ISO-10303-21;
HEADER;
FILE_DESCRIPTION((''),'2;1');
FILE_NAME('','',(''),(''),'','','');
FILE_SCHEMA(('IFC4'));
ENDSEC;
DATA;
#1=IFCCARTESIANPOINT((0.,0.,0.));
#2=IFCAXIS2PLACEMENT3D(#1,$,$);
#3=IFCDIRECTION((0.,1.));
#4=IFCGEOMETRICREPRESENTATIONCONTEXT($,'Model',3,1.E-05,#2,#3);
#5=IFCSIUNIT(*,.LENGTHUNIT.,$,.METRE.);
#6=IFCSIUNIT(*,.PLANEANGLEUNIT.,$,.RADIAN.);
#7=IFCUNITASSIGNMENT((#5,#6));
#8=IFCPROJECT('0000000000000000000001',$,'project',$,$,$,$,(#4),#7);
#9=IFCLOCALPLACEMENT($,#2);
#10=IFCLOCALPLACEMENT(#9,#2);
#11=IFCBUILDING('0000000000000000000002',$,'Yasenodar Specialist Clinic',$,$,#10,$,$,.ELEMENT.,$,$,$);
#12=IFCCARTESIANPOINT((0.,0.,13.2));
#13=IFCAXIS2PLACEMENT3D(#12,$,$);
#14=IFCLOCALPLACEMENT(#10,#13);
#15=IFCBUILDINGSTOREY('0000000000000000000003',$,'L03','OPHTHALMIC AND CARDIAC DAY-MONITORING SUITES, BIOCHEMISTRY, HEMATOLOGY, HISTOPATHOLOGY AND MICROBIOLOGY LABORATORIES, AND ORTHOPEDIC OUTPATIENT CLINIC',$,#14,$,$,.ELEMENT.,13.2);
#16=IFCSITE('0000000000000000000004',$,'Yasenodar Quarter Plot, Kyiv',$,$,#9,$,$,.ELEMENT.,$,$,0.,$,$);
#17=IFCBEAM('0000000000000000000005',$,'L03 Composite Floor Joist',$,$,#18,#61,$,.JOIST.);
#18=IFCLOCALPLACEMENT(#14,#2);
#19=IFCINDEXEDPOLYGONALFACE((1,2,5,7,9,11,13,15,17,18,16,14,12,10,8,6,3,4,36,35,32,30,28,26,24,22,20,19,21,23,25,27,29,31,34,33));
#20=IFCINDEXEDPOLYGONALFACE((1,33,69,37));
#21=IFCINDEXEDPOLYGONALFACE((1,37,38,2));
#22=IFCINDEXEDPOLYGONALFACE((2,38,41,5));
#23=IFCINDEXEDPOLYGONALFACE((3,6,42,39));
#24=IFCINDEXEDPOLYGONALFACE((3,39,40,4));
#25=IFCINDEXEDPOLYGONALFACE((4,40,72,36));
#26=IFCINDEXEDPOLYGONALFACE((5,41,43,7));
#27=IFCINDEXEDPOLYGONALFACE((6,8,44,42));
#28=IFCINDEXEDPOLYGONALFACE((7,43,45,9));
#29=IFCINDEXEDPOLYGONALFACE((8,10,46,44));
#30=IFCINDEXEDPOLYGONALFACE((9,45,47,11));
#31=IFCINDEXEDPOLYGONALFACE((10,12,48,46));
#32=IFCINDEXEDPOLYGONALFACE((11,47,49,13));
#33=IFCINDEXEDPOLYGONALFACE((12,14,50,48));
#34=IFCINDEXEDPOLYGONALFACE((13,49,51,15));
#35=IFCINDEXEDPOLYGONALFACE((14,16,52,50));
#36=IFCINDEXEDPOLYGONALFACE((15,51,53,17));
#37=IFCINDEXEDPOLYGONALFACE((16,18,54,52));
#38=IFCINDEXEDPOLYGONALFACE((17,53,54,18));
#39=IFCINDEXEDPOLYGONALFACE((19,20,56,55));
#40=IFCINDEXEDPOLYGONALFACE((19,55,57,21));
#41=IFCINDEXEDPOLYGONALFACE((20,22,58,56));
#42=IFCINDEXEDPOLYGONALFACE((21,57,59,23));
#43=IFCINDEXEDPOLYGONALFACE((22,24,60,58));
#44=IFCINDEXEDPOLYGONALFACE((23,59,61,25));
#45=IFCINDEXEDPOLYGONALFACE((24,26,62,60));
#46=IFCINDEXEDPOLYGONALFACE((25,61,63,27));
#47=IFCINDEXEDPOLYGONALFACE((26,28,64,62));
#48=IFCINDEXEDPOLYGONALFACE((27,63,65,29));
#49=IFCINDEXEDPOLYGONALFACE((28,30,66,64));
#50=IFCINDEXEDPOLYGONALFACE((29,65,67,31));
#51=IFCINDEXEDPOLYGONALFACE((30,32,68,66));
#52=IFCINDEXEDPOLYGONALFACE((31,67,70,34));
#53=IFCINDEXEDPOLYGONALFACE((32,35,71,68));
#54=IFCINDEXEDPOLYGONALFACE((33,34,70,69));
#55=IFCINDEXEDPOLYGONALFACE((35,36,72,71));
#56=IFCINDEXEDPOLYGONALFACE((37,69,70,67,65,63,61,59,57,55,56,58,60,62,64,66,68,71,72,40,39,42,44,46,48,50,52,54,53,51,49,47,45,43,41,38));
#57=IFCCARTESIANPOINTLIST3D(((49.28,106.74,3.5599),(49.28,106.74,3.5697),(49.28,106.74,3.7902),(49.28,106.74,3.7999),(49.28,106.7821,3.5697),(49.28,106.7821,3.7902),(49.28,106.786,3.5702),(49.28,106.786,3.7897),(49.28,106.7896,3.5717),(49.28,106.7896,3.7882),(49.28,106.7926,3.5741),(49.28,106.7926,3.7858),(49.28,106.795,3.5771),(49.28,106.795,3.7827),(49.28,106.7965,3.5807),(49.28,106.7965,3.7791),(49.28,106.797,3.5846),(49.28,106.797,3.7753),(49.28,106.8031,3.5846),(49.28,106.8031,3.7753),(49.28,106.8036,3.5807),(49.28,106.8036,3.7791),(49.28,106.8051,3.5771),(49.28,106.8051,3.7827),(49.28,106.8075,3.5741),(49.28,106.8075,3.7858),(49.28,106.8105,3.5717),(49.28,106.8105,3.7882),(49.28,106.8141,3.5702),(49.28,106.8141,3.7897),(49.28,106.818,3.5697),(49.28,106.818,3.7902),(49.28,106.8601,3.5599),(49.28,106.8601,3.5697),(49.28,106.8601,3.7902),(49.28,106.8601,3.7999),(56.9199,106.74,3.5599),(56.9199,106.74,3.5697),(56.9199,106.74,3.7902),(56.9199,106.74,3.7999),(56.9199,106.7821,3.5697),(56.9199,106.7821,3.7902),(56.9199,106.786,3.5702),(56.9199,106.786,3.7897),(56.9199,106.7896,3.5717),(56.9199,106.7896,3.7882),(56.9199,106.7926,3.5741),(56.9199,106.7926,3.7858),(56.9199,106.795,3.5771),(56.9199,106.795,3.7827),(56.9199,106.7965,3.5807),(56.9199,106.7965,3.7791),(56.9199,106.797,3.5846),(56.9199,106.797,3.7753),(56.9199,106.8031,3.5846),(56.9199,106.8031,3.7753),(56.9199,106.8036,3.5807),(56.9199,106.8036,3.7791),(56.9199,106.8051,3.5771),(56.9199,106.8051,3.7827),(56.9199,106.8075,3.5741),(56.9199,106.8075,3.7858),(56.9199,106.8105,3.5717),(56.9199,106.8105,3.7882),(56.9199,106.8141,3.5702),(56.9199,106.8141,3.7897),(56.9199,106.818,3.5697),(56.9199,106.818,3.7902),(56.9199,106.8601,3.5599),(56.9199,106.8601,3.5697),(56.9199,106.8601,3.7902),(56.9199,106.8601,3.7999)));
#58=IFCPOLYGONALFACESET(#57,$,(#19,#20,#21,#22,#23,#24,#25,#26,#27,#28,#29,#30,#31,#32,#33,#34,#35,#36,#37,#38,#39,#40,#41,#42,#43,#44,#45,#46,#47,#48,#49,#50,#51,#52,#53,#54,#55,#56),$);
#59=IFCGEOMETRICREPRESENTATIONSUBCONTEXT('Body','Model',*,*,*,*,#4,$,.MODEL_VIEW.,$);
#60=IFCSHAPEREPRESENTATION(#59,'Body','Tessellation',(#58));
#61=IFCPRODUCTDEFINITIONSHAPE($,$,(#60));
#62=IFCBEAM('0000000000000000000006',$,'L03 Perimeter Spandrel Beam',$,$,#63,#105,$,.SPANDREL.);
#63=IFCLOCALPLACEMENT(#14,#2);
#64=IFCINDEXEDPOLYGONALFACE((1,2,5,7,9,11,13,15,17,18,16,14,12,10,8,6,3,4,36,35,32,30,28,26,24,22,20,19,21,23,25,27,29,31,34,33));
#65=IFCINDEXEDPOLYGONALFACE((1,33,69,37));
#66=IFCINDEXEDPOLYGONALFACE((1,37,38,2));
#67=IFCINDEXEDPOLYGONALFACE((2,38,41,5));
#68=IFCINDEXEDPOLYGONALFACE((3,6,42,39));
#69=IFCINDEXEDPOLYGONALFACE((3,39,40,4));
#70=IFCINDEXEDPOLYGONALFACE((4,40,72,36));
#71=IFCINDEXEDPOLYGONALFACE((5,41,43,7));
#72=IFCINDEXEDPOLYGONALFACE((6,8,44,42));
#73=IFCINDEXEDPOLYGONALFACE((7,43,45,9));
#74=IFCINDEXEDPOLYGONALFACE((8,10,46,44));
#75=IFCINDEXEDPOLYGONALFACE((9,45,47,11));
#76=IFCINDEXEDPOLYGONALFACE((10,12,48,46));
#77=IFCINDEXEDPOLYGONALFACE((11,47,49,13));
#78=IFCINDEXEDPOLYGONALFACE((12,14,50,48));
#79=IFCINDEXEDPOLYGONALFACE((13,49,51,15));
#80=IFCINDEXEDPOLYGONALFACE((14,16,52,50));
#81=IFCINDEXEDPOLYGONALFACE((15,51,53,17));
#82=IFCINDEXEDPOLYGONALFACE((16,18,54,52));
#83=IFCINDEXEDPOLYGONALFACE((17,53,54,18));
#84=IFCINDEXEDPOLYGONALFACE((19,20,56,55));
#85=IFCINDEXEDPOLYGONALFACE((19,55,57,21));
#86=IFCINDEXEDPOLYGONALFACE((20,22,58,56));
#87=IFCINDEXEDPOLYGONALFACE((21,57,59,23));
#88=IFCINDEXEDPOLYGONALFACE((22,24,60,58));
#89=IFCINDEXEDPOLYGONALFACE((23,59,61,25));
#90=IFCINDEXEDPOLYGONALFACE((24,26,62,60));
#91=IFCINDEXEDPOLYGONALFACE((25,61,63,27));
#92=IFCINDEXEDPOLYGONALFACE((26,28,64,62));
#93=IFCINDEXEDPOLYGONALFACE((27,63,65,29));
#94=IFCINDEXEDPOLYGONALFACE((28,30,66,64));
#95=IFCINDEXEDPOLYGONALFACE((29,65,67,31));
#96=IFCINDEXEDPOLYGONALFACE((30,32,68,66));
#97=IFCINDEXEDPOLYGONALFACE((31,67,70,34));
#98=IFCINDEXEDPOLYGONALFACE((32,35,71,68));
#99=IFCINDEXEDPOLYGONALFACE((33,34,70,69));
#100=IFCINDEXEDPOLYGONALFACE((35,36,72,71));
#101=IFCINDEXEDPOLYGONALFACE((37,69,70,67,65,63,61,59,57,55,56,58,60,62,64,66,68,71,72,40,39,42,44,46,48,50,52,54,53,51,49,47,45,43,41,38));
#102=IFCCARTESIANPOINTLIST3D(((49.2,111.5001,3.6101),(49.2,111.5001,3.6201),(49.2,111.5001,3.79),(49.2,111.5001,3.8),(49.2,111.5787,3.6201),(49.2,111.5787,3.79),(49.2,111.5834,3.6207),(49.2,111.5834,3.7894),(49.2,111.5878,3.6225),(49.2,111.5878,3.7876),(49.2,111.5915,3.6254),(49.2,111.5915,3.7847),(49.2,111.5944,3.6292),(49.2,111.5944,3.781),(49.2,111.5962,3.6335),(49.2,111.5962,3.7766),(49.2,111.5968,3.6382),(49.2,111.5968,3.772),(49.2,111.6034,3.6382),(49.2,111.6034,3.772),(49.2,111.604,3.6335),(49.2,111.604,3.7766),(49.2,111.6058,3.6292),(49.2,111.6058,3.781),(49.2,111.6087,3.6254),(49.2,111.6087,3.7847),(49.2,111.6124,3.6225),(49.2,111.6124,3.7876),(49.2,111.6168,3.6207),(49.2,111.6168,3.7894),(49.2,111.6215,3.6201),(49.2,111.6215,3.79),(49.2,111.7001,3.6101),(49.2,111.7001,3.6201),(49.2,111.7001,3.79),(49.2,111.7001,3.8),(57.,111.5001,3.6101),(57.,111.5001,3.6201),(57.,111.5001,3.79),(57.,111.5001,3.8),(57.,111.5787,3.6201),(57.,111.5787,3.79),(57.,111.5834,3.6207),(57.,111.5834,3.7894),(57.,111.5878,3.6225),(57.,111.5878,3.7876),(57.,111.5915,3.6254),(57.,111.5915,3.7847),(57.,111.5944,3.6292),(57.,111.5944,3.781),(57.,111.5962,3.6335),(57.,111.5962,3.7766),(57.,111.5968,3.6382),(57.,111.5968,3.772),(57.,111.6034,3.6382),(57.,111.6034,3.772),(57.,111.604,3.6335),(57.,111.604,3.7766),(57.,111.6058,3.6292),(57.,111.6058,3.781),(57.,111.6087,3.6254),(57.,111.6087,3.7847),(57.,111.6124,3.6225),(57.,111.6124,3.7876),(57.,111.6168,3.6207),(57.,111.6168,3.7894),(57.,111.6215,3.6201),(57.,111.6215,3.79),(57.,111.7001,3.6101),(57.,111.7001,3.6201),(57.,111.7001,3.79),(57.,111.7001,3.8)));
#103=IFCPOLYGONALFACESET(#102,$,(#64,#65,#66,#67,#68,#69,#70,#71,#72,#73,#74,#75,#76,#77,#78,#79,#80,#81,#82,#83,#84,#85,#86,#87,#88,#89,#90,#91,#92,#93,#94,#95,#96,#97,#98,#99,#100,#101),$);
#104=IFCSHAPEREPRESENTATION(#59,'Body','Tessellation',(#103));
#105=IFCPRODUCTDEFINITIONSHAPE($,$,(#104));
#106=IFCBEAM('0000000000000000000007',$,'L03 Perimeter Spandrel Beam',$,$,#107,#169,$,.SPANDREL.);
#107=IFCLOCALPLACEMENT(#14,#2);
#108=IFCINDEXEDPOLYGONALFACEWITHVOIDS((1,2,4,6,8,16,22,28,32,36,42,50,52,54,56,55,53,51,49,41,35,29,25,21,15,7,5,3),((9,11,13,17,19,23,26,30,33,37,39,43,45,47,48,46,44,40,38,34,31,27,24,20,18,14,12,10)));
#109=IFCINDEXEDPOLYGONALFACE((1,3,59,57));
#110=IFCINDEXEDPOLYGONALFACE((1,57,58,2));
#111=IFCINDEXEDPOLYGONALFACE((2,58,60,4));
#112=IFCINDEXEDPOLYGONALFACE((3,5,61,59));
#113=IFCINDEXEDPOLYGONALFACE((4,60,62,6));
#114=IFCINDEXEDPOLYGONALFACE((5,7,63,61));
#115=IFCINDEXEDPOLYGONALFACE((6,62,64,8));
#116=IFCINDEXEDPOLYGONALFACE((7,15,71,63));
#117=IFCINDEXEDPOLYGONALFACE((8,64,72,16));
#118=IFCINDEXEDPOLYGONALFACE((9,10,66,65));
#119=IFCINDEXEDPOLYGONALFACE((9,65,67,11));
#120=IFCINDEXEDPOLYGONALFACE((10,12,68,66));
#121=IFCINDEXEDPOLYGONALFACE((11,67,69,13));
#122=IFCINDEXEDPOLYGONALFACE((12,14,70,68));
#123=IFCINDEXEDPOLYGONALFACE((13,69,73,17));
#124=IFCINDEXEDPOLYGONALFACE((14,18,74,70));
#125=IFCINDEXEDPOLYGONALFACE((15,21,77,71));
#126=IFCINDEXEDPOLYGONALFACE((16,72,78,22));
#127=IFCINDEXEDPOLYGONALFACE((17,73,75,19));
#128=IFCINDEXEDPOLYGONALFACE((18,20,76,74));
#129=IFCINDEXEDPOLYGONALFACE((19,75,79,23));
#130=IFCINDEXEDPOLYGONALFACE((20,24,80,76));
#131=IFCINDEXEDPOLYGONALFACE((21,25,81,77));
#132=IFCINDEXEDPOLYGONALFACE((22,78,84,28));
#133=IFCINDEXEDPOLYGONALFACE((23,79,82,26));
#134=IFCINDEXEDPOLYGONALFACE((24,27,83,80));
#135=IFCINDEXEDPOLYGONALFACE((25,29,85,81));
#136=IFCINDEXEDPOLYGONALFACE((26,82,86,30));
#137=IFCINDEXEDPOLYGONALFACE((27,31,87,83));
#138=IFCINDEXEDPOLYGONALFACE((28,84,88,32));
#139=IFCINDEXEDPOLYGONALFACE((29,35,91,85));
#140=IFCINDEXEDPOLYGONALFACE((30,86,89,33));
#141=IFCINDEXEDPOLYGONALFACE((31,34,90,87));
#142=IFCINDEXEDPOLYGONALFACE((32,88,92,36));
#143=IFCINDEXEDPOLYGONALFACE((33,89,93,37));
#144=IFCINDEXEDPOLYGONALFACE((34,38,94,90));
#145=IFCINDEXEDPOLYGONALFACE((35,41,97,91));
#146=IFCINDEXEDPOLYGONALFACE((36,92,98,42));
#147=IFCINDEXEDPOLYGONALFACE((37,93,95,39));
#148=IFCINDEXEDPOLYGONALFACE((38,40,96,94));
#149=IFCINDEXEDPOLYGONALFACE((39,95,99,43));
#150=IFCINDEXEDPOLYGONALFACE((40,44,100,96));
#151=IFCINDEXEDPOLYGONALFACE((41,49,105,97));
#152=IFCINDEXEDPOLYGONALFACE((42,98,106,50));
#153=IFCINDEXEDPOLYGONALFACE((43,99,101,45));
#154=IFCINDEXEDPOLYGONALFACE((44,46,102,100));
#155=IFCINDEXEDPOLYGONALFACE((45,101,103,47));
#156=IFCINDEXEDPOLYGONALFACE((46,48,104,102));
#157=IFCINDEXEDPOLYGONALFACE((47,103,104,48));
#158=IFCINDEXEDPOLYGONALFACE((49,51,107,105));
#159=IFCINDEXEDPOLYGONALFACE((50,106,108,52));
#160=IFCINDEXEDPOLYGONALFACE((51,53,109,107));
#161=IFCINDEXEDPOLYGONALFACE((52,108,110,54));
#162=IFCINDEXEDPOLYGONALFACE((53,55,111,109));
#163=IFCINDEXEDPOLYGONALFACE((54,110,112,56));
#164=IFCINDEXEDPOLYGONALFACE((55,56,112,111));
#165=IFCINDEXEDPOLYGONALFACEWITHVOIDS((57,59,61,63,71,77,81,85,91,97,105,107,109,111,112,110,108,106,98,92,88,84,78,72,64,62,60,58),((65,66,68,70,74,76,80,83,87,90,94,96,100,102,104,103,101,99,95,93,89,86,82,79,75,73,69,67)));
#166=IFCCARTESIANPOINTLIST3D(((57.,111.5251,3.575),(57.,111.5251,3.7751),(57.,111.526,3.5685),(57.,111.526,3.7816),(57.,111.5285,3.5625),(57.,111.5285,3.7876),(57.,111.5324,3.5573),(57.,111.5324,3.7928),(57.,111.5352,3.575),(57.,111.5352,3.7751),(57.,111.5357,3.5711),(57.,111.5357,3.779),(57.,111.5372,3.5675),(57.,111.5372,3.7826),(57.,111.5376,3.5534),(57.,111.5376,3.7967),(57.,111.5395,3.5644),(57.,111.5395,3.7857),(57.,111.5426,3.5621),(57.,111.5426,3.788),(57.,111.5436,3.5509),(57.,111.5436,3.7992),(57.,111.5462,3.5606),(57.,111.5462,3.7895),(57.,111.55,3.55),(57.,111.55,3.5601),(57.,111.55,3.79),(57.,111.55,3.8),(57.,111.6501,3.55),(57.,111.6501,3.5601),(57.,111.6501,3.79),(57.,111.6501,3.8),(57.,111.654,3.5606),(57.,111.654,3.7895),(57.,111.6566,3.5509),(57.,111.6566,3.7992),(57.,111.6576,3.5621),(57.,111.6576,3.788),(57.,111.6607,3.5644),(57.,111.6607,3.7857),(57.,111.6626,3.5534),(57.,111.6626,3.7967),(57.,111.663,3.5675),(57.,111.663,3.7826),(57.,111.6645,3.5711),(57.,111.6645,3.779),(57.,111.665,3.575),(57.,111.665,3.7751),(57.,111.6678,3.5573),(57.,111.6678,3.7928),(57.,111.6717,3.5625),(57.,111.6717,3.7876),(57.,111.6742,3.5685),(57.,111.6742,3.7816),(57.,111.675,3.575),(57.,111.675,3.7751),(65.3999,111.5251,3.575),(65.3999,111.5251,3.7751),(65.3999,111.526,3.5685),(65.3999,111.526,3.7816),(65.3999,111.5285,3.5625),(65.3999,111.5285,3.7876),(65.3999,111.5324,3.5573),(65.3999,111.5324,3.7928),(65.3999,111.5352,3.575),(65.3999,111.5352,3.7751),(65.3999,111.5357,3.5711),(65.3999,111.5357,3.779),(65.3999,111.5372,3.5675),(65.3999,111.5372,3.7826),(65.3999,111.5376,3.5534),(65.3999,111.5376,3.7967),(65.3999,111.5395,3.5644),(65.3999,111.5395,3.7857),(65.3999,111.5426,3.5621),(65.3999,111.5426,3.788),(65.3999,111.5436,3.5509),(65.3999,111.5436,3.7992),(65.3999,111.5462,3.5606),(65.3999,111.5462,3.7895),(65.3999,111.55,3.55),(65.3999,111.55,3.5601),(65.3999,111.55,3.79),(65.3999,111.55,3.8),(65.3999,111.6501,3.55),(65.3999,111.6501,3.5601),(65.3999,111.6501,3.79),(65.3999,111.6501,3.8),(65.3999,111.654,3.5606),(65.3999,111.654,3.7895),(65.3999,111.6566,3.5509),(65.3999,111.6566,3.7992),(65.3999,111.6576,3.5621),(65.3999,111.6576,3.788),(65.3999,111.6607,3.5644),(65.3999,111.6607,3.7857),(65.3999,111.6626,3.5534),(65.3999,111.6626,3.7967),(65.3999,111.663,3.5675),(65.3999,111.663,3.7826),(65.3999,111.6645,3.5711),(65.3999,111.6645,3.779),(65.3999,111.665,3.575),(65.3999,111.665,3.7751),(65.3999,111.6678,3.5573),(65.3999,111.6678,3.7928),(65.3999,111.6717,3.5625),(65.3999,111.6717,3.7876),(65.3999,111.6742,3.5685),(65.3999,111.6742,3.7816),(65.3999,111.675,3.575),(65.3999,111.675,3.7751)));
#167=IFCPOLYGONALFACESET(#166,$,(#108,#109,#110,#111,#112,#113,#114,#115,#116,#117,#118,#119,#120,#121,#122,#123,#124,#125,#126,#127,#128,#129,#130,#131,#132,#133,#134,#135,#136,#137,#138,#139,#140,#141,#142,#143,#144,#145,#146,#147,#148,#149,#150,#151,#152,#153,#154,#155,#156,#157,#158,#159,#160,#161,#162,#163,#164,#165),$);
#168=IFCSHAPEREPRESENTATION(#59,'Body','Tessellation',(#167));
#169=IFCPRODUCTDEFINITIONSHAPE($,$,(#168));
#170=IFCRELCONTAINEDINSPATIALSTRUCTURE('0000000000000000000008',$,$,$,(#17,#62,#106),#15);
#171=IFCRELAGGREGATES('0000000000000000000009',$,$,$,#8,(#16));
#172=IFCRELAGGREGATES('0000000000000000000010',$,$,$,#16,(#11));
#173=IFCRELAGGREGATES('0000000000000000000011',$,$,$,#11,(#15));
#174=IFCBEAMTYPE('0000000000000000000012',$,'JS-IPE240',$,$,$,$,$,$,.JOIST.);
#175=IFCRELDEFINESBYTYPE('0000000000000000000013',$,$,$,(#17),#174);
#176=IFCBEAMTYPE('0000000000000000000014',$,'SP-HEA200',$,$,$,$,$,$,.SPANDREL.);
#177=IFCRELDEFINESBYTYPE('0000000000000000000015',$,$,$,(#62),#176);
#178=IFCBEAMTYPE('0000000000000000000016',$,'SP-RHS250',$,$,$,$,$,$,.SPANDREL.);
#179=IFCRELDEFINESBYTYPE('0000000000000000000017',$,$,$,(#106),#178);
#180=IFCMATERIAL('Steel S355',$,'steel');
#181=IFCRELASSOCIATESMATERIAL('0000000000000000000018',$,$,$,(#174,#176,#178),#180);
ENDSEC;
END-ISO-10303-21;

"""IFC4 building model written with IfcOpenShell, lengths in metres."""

from ifc_helpers import new_model, si_unit, direction, frame, origin, origin_2d, place, context, subcontext, project, spatial, hollow_rectangle, i_section, extrude, material, material_profile, profile_set, type_object, element, save


model = new_model("IFC4")

# Units and contexts
model_context = context("Model", 3, precision=1e-05, world=origin(), true_north=direction((0.0, 1.0)))
body_context = subcontext(model_context, "Body", "Model", "MODEL_VIEW")
ifc_project = project(units=[si_unit("LENGTHUNIT", "METRE"), si_unit("PLANEANGLEUNIT", "RADIAN")], contexts=[model_context])

# Site, building, storey
site_placement = place(None, origin())
site = spatial("IfcSite", under=ifc_project, at=site_placement, Name="Yasenodar Quarter Plot, Kyiv", CompositionType="ELEMENT", RefElevation=0.0)
building_placement = place(site_placement, origin())
building = spatial("IfcBuilding", under=site, at=building_placement, Name="Yasenodar Specialist Clinic", CompositionType="ELEMENT")
storey_placement = place(building_placement, frame((0.0, 0.0, 13.2)))
storey = spatial("IfcBuildingStorey", under=building, at=storey_placement, Name="L03", Description="OPHTHALMIC AND CARDIAC DAY-MONITORING SUITES, BIOCHEMISTRY, HEMATOLOGY, HISTOPATHOLOGY AND MICROBIOLOGY LABORATORIES, AND ORTHOPEDIC OUTPATIENT CLINIC", CompositionType="ELEMENT", Elevation=13.2)

# Shared definitions
ifc_material_1 = material(Name="Steel S355", Category="steel")

# Beams
ifc_material_profile_1 = material_profile(ifc_material_1, i_section(OverallWidth=0.1201, OverallDepth=0.24, WebThickness=0.0061, FlangeThickness=0.0098, FilletRadius=0.0149, at=origin_2d()), Name="IPE 240")
ifc_profile_set_1 = profile_set([ifc_material_profile_1], Name="Steel S355")
beam_type_1 = type_object("IfcBeamType", Name="JS-IPE240", PredefinedType="JOIST", material=ifc_profile_set_1)
beam_1_placement = place(storey_placement, frame((49.28, 106.8, 3.6799), z_axis=(1.0, 0.0, 0.0), x_axis=(0.0, 1.0, 0.0)))
element("IfcBeam", 1, at=beam_1_placement, inside=storey, type_object=beam_type_1, Name="L03 Composite Floor Joist", PredefinedType="JOIST", context=body_context, shape_type="SweptSolid", body=[
    extrude(i_section(OverallWidth=0.1201, OverallDepth=0.24, WebThickness=0.0061, FlangeThickness=0.0098, FilletRadius=0.0149, at=origin_2d()), origin(), (0.0, 0.0, 1.0), 7.6399),
])
ifc_material_profile_2 = material_profile(ifc_material_1, i_section(OverallWidth=0.2, OverallDepth=0.1899, WebThickness=0.0066, FlangeThickness=0.01, FilletRadius=0.0181, at=origin_2d()), Name="HEA 200")
ifc_profile_set_2 = profile_set([ifc_material_profile_2], Name="Steel S355")
beam_type_2 = type_object("IfcBeamType", Name="SP-HEA200", PredefinedType="SPANDREL", material=ifc_profile_set_2)
beam_2_placement = place(storey_placement, frame((49.2, 111.6001, 3.7051), z_axis=(1.0, 0.0, 0.0), x_axis=(0.0, 1.0, 0.0)))
element("IfcBeam", 2, at=beam_2_placement, inside=storey, type_object=beam_type_2, Name="L03 Perimeter Spandrel Beam", PredefinedType="SPANDREL", context=body_context, shape_type="SweptSolid", body=[
    extrude(i_section(OverallWidth=0.2, OverallDepth=0.1899, WebThickness=0.0066, FlangeThickness=0.01, FilletRadius=0.0181, at=origin_2d()), origin(), (0.0, 0.0, 1.0), 7.8),
])
ifc_material_profile_3 = material_profile(ifc_material_1, hollow_rectangle(XDim=0.1499, YDim=0.25, WallThickness=0.01, InnerFilletRadius=0.0149, OuterFilletRadius=0.0249, at=origin_2d()), Name="RHS 250x150x10")
ifc_profile_set_3 = profile_set([ifc_material_profile_3], Name="Steel S355")
beam_type_3 = type_object("IfcBeamType", Name="SP-RHS250", PredefinedType="SPANDREL", material=ifc_profile_set_3)
beam_3_placement = place(storey_placement, frame((57.0, 111.6001, 3.675), z_axis=(1.0, 0.0, 0.0), x_axis=(0.0, 1.0, 0.0)))
element("IfcBeam", 3, at=beam_3_placement, inside=storey, type_object=beam_type_3, Name="L03 Perimeter Spandrel Beam", PredefinedType="SPANDREL", context=body_context, shape_type="SweptSolid", body=[
    extrude(hollow_rectangle(XDim=0.1499, YDim=0.25, WallThickness=0.01, InnerFilletRadius=0.0149, OuterFilletRadius=0.0249, at=origin_2d()), origin(), (0.0, 0.0, 1.0), 8.3999),
])

save(model, "model.ifc")
